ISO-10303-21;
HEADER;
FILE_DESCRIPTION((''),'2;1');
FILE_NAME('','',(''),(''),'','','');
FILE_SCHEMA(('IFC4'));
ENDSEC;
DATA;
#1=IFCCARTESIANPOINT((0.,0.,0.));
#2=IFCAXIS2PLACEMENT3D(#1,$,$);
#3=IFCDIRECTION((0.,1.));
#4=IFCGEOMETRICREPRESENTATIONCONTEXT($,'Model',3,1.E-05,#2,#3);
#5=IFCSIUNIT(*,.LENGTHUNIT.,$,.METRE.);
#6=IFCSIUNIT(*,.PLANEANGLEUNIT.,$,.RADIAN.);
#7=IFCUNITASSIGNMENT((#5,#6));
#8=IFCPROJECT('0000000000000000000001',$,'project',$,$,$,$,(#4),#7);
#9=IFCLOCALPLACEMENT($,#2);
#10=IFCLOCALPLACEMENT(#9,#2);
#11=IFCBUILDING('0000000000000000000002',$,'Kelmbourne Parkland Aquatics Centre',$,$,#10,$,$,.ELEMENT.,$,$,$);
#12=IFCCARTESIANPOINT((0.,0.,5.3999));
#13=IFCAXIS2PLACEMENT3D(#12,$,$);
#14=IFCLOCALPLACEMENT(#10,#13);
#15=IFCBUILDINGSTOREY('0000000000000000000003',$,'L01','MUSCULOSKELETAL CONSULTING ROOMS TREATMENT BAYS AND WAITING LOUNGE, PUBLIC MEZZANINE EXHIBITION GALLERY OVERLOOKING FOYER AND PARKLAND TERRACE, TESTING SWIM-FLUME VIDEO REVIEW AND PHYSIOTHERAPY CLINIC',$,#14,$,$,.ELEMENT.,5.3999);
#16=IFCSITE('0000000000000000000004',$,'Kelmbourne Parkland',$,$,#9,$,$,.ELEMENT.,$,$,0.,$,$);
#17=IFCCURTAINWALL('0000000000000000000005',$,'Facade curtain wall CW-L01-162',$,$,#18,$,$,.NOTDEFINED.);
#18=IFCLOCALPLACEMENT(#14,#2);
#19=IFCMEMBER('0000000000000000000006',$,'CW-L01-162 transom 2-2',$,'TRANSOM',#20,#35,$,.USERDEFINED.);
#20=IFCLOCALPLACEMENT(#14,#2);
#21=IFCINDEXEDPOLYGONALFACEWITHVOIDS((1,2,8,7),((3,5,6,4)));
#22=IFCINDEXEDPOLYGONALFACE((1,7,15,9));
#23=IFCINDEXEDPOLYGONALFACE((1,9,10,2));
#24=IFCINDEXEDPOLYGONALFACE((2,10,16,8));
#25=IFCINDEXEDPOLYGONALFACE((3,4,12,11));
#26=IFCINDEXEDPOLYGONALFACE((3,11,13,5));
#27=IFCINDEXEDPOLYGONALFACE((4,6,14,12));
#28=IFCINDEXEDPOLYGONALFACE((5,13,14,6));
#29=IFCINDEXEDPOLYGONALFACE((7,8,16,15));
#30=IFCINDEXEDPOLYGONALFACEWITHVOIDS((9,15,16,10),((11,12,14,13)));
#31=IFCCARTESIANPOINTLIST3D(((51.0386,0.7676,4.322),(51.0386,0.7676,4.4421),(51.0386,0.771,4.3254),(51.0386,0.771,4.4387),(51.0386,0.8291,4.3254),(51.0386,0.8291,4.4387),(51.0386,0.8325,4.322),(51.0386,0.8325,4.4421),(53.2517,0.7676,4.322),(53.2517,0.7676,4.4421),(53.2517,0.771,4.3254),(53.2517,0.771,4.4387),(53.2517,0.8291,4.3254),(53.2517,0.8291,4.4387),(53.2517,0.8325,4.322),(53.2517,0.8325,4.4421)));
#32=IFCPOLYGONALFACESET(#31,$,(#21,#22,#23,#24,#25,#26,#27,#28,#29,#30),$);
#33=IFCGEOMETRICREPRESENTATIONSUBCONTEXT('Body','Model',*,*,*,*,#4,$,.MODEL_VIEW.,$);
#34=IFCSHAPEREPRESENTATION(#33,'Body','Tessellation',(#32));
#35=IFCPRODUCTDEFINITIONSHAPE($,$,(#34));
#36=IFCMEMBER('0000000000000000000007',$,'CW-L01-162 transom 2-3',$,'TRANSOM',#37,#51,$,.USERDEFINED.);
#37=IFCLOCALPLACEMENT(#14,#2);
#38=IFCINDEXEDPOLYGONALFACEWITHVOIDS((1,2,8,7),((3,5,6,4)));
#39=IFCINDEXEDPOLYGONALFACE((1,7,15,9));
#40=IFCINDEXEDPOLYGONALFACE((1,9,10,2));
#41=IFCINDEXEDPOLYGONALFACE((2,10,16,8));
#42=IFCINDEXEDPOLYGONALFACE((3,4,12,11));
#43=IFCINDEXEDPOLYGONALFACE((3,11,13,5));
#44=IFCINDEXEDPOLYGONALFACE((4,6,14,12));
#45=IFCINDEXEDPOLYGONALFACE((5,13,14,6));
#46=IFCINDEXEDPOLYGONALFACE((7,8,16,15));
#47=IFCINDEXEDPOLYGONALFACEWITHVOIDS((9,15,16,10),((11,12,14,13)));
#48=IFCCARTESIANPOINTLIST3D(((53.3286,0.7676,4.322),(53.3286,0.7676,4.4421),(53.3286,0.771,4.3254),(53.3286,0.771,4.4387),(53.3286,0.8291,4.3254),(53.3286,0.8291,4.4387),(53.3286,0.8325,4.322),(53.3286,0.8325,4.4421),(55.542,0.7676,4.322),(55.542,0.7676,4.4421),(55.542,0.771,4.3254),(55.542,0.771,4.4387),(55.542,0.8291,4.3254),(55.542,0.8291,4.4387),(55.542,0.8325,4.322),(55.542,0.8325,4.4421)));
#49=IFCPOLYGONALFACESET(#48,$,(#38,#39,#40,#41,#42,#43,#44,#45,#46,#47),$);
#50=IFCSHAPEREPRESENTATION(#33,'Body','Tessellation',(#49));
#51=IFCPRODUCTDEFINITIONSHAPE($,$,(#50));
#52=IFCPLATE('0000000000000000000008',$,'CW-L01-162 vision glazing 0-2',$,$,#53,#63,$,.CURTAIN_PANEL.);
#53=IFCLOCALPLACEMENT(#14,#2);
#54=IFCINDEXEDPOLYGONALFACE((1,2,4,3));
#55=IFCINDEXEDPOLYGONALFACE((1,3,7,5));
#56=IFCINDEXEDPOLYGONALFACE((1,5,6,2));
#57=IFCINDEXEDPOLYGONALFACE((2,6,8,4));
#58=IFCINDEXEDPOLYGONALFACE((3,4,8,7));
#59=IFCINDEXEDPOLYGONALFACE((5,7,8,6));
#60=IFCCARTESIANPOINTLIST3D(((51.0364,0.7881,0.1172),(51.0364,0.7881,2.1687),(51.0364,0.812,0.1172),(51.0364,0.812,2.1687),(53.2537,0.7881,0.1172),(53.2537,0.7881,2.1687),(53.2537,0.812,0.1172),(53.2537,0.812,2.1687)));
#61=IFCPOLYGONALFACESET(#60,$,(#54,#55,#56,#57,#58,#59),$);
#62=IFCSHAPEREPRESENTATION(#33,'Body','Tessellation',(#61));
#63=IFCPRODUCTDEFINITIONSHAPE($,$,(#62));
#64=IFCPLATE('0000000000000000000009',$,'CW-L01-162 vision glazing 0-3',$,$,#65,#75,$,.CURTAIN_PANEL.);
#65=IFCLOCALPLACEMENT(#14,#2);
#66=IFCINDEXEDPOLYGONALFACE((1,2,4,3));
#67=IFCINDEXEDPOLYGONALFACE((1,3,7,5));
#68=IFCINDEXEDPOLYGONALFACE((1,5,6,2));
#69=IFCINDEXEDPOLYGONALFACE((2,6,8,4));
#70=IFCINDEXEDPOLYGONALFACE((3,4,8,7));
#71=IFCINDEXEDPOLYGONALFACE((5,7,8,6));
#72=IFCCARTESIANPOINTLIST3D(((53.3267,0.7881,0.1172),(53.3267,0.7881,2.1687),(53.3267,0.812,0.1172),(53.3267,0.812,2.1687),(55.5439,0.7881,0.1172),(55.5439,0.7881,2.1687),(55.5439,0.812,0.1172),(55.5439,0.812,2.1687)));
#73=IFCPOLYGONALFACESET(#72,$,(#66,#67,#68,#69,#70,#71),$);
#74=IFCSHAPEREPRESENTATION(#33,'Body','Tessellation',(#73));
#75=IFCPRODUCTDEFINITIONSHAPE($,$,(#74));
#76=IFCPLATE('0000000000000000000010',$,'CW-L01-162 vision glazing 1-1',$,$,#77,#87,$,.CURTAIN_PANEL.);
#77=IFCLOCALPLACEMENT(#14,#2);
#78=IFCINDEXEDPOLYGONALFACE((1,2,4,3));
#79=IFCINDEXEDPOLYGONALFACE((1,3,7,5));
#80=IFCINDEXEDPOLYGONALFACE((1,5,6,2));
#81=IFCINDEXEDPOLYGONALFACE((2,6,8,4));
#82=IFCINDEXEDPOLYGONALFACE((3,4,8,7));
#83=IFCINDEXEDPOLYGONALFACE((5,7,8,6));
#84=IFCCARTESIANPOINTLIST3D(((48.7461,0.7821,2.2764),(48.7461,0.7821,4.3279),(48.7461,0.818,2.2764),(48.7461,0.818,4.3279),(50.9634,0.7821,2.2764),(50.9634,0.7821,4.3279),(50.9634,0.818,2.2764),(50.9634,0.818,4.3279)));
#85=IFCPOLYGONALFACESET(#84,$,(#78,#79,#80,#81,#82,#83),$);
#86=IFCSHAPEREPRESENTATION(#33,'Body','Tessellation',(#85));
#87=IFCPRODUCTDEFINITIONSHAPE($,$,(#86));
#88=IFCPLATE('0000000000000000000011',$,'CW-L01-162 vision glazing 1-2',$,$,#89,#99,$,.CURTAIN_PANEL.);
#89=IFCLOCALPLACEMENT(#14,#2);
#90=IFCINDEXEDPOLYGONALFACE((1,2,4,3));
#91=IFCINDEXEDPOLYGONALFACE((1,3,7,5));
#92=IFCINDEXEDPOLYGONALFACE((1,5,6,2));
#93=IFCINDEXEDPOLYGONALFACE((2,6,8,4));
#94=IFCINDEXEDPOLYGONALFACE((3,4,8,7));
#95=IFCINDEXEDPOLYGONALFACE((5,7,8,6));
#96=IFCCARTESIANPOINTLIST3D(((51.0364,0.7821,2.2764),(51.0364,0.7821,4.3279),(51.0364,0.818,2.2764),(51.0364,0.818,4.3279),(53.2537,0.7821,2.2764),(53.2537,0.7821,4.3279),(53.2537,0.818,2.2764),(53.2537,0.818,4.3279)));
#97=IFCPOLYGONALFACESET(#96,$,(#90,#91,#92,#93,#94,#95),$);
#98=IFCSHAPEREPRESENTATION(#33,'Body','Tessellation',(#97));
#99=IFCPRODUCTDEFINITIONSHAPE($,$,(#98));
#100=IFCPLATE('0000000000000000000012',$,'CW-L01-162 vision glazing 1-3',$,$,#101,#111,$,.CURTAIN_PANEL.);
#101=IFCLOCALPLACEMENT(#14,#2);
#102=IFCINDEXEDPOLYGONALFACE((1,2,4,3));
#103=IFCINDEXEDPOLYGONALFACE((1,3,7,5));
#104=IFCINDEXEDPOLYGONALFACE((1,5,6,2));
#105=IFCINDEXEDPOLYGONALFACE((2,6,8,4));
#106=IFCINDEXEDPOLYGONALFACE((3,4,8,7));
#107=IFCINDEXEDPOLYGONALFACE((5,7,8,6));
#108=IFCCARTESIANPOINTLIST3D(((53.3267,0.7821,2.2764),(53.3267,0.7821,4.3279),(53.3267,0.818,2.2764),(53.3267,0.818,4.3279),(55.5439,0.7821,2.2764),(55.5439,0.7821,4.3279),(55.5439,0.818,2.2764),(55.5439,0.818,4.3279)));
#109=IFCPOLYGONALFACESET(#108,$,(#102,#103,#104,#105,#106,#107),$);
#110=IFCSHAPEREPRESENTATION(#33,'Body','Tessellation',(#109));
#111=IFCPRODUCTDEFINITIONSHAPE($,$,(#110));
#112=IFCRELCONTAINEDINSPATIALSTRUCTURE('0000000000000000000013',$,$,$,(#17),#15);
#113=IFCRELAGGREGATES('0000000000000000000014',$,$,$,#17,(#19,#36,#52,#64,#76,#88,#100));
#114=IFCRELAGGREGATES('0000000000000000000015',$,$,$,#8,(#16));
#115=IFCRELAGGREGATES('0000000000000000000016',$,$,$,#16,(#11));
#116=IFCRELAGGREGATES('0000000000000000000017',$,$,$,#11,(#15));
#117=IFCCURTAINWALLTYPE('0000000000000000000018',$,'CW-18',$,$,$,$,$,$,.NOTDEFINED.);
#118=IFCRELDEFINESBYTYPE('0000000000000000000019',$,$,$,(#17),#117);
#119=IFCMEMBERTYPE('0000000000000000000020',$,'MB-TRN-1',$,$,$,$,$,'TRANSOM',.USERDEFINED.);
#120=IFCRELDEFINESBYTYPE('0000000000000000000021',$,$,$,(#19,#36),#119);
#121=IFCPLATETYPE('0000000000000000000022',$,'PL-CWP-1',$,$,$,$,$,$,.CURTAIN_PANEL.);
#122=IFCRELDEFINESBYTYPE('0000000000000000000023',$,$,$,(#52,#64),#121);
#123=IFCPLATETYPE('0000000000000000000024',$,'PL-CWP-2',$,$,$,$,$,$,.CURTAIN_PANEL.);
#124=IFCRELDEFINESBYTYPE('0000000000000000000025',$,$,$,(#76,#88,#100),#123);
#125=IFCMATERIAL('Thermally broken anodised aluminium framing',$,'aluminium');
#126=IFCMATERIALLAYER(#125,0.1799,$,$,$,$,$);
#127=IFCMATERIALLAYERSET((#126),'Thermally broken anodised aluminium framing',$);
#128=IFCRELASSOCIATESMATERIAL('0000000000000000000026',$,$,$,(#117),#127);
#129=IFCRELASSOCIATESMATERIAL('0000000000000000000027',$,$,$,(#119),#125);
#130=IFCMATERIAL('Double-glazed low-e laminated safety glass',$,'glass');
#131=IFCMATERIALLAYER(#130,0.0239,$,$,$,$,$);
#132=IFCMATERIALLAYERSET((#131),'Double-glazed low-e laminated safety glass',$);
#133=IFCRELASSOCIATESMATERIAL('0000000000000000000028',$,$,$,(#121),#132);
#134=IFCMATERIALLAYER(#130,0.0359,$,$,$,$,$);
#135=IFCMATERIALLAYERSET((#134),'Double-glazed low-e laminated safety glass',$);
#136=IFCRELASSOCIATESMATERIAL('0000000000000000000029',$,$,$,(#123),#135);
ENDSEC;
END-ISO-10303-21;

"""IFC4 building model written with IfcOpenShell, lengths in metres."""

from ifc_helpers import new_model, si_unit, direction, frame, origin, origin_2d, place, context, subcontext, project, spatial, rectangle, hollow_rectangle, extrude, material, layer, layer_set, material_profile, profile_set, type_object, element, aggregate, save


model = new_model("IFC4")

# Units and contexts
model_context = context("Model", 3, precision=1e-05, world=origin(), true_north=direction((0.0, 1.0)))
body_context = subcontext(model_context, "Body", "Model", "MODEL_VIEW")
ifc_project = project(units=[si_unit("LENGTHUNIT", "METRE"), si_unit("PLANEANGLEUNIT", "RADIAN")], contexts=[model_context])

# Site, building, storey
site_placement = place(None, origin())
site = spatial("IfcSite", under=ifc_project, at=site_placement, Name="Kelmbourne Parkland", CompositionType="ELEMENT", RefElevation=0.0)
building_placement = place(site_placement, origin())
building = spatial("IfcBuilding", under=site, at=building_placement, Name="Kelmbourne Parkland Aquatics Centre", CompositionType="ELEMENT")
storey_placement = place(building_placement, frame((0.0, 0.0, 5.3999)))
storey = spatial("IfcBuildingStorey", under=building, at=storey_placement, Name="L01", Description="MUSCULOSKELETAL CONSULTING ROOMS TREATMENT BAYS AND WAITING LOUNGE, PUBLIC MEZZANINE EXHIBITION GALLERY OVERLOOKING FOYER AND PARKLAND TERRACE, TESTING SWIM-FLUME VIDEO REVIEW AND PHYSIOTHERAPY CLINIC", CompositionType="ELEMENT", Elevation=5.3999)

# Curtain wall, members, plates
ifc_material_1 = material(Name="Thermally broken anodised aluminium framing", Category="aluminium")
ifc_layer_1 = layer(ifc_material_1, 0.1799)
ifc_layer_set_1 = layer_set([ifc_layer_1], Name="Thermally broken anodised aluminium framing")
curtain_wall_type = type_object("IfcCurtainWallType", Name="CW-18", PredefinedType="NOTDEFINED", material=ifc_layer_set_1)
curtain_wall_placement = place(storey_placement, origin())
curtain_wall = element("IfcCurtainWall", 1, at=curtain_wall_placement, inside=storey, type_object=curtain_wall_type, Name="Facade curtain wall CW-L01-162", PredefinedType="NOTDEFINED")
ifc_material_profile_1 = material_profile(ifc_material_1, hollow_rectangle(XDim=0.0649, YDim=0.1201, WallThickness=0.0034, at=origin_2d()), Name="CW-T 65x120")
ifc_profile_set_1 = profile_set([ifc_material_profile_1], Name="Thermally broken anodised aluminium framing")
member_type_1 = type_object("IfcMemberType", Name="MB-TRN-1", ElementType="TRANSOM", PredefinedType="USERDEFINED", material=ifc_profile_set_1)
member_1_placement = place(storey_placement, frame((51.0386, 0.8, 4.3821), z_axis=(1.0, 0.0, 0.0), x_axis=(0.0, 1.0, 0.0)))
member_1 = element("IfcMember", 2, at=member_1_placement, type_object=member_type_1, Name="CW-L01-162 transom 2-2", ObjectType="TRANSOM", PredefinedType="USERDEFINED", context=body_context, shape_type="SweptSolid", body=[
    extrude(hollow_rectangle(XDim=0.0649, YDim=0.1201, WallThickness=0.0034, at=origin_2d()), origin(), (0.0, 0.0, 1.0), 2.2131),
])
member_2_placement = place(storey_placement, frame((53.3286, 0.8, 4.3821), z_axis=(1.0, 0.0, 0.0), x_axis=(0.0, 1.0, 0.0)))
member_2 = element("IfcMember", 3, at=member_2_placement, type_object=member_type_1, Name="CW-L01-162 transom 2-3", ObjectType="TRANSOM", PredefinedType="USERDEFINED", context=body_context, shape_type="SweptSolid", body=[
    extrude(hollow_rectangle(XDim=0.0649, YDim=0.1201, WallThickness=0.0034, at=origin_2d()), origin(), (0.0, 0.0, 1.0), 2.2134),
])
ifc_material_2 = material(Name="Double-glazed low-e laminated safety glass", Category="glass")
ifc_layer_2 = layer(ifc_material_2, 0.0239)
ifc_layer_set_2 = layer_set([ifc_layer_2], Name="Double-glazed low-e laminated safety glass")
plate_type_1 = type_object("IfcPlateType", Name="PL-CWP-1", PredefinedType="CURTAIN_PANEL", material=ifc_layer_set_2)
plate_1_placement = place(storey_placement, frame((52.145, 0.8, 0.1172), z_axis=(0.0, 0.0, 1.0), x_axis=(1.0, 0.0, 0.0)))
plate_1 = element("IfcPlate", 4, at=plate_1_placement, type_object=plate_type_1, Name="CW-L01-162 vision glazing 0-2", PredefinedType="CURTAIN_PANEL", context=body_context, shape_type="SweptSolid", body=[
    extrude(rectangle(XDim=2.2173, YDim=0.0239, at=origin_2d()), origin(), (0.0, 0.0, 1.0), 2.0515),
])
plate_2_placement = place(storey_placement, frame((54.4353, 0.8, 0.1172), z_axis=(0.0, 0.0, 1.0), x_axis=(1.0, 0.0, 0.0)))
plate_2 = element("IfcPlate", 5, at=plate_2_placement, type_object=plate_type_1, Name="CW-L01-162 vision glazing 0-3", PredefinedType="CURTAIN_PANEL", context=body_context, shape_type="SweptSolid", body=[
    extrude(rectangle(XDim=2.2173, YDim=0.0239, at=origin_2d()), origin(), (0.0, 0.0, 1.0), 2.0515),
])
ifc_layer_3 = layer(ifc_material_2, 0.0359)
ifc_layer_set_3 = layer_set([ifc_layer_3], Name="Double-glazed low-e laminated safety glass")
plate_type_2 = type_object("IfcPlateType", Name="PL-CWP-2", PredefinedType="CURTAIN_PANEL", material=ifc_layer_set_3)
plate_3_placement = place(storey_placement, frame((49.8547, 0.8, 2.2764), z_axis=(0.0, 0.0, 1.0), x_axis=(1.0, 0.0, 0.0)))
plate_3 = element("IfcPlate", 6, at=plate_3_placement, type_object=plate_type_2, Name="CW-L01-162 vision glazing 1-1", PredefinedType="CURTAIN_PANEL", context=body_context, shape_type="SweptSolid", body=[
    extrude(rectangle(XDim=2.2173, YDim=0.0359, at=origin_2d()), origin(), (0.0, 0.0, 1.0), 2.0515),
])
plate_4_placement = place(storey_placement, frame((52.145, 0.8, 2.2764), z_axis=(0.0, 0.0, 1.0), x_axis=(1.0, 0.0, 0.0)))
plate_4 = element("IfcPlate", 7, at=plate_4_placement, type_object=plate_type_2, Name="CW-L01-162 vision glazing 1-2", PredefinedType="CURTAIN_PANEL", context=body_context, shape_type="SweptSolid", body=[
    extrude(rectangle(XDim=2.2173, YDim=0.0359, at=origin_2d()), origin(), (0.0, 0.0, 1.0), 2.0515),
])
plate_5_placement = place(storey_placement, frame((54.4353, 0.8, 2.2764), z_axis=(0.0, 0.0, 1.0), x_axis=(1.0, 0.0, 0.0)))
plate_5 = element("IfcPlate", 8, at=plate_5_placement, type_object=plate_type_2, Name="CW-L01-162 vision glazing 1-3", PredefinedType="CURTAIN_PANEL", context=body_context, shape_type="SweptSolid", body=[
    extrude(rectangle(XDim=2.2173, YDim=0.0359, at=origin_2d()), origin(), (0.0, 0.0, 1.0), 2.0515),
])
aggregate(curtain_wall, [member_1, member_2, plate_1, plate_2, plate_3, plate_4, plate_5])

save(model, "model.ifc")
